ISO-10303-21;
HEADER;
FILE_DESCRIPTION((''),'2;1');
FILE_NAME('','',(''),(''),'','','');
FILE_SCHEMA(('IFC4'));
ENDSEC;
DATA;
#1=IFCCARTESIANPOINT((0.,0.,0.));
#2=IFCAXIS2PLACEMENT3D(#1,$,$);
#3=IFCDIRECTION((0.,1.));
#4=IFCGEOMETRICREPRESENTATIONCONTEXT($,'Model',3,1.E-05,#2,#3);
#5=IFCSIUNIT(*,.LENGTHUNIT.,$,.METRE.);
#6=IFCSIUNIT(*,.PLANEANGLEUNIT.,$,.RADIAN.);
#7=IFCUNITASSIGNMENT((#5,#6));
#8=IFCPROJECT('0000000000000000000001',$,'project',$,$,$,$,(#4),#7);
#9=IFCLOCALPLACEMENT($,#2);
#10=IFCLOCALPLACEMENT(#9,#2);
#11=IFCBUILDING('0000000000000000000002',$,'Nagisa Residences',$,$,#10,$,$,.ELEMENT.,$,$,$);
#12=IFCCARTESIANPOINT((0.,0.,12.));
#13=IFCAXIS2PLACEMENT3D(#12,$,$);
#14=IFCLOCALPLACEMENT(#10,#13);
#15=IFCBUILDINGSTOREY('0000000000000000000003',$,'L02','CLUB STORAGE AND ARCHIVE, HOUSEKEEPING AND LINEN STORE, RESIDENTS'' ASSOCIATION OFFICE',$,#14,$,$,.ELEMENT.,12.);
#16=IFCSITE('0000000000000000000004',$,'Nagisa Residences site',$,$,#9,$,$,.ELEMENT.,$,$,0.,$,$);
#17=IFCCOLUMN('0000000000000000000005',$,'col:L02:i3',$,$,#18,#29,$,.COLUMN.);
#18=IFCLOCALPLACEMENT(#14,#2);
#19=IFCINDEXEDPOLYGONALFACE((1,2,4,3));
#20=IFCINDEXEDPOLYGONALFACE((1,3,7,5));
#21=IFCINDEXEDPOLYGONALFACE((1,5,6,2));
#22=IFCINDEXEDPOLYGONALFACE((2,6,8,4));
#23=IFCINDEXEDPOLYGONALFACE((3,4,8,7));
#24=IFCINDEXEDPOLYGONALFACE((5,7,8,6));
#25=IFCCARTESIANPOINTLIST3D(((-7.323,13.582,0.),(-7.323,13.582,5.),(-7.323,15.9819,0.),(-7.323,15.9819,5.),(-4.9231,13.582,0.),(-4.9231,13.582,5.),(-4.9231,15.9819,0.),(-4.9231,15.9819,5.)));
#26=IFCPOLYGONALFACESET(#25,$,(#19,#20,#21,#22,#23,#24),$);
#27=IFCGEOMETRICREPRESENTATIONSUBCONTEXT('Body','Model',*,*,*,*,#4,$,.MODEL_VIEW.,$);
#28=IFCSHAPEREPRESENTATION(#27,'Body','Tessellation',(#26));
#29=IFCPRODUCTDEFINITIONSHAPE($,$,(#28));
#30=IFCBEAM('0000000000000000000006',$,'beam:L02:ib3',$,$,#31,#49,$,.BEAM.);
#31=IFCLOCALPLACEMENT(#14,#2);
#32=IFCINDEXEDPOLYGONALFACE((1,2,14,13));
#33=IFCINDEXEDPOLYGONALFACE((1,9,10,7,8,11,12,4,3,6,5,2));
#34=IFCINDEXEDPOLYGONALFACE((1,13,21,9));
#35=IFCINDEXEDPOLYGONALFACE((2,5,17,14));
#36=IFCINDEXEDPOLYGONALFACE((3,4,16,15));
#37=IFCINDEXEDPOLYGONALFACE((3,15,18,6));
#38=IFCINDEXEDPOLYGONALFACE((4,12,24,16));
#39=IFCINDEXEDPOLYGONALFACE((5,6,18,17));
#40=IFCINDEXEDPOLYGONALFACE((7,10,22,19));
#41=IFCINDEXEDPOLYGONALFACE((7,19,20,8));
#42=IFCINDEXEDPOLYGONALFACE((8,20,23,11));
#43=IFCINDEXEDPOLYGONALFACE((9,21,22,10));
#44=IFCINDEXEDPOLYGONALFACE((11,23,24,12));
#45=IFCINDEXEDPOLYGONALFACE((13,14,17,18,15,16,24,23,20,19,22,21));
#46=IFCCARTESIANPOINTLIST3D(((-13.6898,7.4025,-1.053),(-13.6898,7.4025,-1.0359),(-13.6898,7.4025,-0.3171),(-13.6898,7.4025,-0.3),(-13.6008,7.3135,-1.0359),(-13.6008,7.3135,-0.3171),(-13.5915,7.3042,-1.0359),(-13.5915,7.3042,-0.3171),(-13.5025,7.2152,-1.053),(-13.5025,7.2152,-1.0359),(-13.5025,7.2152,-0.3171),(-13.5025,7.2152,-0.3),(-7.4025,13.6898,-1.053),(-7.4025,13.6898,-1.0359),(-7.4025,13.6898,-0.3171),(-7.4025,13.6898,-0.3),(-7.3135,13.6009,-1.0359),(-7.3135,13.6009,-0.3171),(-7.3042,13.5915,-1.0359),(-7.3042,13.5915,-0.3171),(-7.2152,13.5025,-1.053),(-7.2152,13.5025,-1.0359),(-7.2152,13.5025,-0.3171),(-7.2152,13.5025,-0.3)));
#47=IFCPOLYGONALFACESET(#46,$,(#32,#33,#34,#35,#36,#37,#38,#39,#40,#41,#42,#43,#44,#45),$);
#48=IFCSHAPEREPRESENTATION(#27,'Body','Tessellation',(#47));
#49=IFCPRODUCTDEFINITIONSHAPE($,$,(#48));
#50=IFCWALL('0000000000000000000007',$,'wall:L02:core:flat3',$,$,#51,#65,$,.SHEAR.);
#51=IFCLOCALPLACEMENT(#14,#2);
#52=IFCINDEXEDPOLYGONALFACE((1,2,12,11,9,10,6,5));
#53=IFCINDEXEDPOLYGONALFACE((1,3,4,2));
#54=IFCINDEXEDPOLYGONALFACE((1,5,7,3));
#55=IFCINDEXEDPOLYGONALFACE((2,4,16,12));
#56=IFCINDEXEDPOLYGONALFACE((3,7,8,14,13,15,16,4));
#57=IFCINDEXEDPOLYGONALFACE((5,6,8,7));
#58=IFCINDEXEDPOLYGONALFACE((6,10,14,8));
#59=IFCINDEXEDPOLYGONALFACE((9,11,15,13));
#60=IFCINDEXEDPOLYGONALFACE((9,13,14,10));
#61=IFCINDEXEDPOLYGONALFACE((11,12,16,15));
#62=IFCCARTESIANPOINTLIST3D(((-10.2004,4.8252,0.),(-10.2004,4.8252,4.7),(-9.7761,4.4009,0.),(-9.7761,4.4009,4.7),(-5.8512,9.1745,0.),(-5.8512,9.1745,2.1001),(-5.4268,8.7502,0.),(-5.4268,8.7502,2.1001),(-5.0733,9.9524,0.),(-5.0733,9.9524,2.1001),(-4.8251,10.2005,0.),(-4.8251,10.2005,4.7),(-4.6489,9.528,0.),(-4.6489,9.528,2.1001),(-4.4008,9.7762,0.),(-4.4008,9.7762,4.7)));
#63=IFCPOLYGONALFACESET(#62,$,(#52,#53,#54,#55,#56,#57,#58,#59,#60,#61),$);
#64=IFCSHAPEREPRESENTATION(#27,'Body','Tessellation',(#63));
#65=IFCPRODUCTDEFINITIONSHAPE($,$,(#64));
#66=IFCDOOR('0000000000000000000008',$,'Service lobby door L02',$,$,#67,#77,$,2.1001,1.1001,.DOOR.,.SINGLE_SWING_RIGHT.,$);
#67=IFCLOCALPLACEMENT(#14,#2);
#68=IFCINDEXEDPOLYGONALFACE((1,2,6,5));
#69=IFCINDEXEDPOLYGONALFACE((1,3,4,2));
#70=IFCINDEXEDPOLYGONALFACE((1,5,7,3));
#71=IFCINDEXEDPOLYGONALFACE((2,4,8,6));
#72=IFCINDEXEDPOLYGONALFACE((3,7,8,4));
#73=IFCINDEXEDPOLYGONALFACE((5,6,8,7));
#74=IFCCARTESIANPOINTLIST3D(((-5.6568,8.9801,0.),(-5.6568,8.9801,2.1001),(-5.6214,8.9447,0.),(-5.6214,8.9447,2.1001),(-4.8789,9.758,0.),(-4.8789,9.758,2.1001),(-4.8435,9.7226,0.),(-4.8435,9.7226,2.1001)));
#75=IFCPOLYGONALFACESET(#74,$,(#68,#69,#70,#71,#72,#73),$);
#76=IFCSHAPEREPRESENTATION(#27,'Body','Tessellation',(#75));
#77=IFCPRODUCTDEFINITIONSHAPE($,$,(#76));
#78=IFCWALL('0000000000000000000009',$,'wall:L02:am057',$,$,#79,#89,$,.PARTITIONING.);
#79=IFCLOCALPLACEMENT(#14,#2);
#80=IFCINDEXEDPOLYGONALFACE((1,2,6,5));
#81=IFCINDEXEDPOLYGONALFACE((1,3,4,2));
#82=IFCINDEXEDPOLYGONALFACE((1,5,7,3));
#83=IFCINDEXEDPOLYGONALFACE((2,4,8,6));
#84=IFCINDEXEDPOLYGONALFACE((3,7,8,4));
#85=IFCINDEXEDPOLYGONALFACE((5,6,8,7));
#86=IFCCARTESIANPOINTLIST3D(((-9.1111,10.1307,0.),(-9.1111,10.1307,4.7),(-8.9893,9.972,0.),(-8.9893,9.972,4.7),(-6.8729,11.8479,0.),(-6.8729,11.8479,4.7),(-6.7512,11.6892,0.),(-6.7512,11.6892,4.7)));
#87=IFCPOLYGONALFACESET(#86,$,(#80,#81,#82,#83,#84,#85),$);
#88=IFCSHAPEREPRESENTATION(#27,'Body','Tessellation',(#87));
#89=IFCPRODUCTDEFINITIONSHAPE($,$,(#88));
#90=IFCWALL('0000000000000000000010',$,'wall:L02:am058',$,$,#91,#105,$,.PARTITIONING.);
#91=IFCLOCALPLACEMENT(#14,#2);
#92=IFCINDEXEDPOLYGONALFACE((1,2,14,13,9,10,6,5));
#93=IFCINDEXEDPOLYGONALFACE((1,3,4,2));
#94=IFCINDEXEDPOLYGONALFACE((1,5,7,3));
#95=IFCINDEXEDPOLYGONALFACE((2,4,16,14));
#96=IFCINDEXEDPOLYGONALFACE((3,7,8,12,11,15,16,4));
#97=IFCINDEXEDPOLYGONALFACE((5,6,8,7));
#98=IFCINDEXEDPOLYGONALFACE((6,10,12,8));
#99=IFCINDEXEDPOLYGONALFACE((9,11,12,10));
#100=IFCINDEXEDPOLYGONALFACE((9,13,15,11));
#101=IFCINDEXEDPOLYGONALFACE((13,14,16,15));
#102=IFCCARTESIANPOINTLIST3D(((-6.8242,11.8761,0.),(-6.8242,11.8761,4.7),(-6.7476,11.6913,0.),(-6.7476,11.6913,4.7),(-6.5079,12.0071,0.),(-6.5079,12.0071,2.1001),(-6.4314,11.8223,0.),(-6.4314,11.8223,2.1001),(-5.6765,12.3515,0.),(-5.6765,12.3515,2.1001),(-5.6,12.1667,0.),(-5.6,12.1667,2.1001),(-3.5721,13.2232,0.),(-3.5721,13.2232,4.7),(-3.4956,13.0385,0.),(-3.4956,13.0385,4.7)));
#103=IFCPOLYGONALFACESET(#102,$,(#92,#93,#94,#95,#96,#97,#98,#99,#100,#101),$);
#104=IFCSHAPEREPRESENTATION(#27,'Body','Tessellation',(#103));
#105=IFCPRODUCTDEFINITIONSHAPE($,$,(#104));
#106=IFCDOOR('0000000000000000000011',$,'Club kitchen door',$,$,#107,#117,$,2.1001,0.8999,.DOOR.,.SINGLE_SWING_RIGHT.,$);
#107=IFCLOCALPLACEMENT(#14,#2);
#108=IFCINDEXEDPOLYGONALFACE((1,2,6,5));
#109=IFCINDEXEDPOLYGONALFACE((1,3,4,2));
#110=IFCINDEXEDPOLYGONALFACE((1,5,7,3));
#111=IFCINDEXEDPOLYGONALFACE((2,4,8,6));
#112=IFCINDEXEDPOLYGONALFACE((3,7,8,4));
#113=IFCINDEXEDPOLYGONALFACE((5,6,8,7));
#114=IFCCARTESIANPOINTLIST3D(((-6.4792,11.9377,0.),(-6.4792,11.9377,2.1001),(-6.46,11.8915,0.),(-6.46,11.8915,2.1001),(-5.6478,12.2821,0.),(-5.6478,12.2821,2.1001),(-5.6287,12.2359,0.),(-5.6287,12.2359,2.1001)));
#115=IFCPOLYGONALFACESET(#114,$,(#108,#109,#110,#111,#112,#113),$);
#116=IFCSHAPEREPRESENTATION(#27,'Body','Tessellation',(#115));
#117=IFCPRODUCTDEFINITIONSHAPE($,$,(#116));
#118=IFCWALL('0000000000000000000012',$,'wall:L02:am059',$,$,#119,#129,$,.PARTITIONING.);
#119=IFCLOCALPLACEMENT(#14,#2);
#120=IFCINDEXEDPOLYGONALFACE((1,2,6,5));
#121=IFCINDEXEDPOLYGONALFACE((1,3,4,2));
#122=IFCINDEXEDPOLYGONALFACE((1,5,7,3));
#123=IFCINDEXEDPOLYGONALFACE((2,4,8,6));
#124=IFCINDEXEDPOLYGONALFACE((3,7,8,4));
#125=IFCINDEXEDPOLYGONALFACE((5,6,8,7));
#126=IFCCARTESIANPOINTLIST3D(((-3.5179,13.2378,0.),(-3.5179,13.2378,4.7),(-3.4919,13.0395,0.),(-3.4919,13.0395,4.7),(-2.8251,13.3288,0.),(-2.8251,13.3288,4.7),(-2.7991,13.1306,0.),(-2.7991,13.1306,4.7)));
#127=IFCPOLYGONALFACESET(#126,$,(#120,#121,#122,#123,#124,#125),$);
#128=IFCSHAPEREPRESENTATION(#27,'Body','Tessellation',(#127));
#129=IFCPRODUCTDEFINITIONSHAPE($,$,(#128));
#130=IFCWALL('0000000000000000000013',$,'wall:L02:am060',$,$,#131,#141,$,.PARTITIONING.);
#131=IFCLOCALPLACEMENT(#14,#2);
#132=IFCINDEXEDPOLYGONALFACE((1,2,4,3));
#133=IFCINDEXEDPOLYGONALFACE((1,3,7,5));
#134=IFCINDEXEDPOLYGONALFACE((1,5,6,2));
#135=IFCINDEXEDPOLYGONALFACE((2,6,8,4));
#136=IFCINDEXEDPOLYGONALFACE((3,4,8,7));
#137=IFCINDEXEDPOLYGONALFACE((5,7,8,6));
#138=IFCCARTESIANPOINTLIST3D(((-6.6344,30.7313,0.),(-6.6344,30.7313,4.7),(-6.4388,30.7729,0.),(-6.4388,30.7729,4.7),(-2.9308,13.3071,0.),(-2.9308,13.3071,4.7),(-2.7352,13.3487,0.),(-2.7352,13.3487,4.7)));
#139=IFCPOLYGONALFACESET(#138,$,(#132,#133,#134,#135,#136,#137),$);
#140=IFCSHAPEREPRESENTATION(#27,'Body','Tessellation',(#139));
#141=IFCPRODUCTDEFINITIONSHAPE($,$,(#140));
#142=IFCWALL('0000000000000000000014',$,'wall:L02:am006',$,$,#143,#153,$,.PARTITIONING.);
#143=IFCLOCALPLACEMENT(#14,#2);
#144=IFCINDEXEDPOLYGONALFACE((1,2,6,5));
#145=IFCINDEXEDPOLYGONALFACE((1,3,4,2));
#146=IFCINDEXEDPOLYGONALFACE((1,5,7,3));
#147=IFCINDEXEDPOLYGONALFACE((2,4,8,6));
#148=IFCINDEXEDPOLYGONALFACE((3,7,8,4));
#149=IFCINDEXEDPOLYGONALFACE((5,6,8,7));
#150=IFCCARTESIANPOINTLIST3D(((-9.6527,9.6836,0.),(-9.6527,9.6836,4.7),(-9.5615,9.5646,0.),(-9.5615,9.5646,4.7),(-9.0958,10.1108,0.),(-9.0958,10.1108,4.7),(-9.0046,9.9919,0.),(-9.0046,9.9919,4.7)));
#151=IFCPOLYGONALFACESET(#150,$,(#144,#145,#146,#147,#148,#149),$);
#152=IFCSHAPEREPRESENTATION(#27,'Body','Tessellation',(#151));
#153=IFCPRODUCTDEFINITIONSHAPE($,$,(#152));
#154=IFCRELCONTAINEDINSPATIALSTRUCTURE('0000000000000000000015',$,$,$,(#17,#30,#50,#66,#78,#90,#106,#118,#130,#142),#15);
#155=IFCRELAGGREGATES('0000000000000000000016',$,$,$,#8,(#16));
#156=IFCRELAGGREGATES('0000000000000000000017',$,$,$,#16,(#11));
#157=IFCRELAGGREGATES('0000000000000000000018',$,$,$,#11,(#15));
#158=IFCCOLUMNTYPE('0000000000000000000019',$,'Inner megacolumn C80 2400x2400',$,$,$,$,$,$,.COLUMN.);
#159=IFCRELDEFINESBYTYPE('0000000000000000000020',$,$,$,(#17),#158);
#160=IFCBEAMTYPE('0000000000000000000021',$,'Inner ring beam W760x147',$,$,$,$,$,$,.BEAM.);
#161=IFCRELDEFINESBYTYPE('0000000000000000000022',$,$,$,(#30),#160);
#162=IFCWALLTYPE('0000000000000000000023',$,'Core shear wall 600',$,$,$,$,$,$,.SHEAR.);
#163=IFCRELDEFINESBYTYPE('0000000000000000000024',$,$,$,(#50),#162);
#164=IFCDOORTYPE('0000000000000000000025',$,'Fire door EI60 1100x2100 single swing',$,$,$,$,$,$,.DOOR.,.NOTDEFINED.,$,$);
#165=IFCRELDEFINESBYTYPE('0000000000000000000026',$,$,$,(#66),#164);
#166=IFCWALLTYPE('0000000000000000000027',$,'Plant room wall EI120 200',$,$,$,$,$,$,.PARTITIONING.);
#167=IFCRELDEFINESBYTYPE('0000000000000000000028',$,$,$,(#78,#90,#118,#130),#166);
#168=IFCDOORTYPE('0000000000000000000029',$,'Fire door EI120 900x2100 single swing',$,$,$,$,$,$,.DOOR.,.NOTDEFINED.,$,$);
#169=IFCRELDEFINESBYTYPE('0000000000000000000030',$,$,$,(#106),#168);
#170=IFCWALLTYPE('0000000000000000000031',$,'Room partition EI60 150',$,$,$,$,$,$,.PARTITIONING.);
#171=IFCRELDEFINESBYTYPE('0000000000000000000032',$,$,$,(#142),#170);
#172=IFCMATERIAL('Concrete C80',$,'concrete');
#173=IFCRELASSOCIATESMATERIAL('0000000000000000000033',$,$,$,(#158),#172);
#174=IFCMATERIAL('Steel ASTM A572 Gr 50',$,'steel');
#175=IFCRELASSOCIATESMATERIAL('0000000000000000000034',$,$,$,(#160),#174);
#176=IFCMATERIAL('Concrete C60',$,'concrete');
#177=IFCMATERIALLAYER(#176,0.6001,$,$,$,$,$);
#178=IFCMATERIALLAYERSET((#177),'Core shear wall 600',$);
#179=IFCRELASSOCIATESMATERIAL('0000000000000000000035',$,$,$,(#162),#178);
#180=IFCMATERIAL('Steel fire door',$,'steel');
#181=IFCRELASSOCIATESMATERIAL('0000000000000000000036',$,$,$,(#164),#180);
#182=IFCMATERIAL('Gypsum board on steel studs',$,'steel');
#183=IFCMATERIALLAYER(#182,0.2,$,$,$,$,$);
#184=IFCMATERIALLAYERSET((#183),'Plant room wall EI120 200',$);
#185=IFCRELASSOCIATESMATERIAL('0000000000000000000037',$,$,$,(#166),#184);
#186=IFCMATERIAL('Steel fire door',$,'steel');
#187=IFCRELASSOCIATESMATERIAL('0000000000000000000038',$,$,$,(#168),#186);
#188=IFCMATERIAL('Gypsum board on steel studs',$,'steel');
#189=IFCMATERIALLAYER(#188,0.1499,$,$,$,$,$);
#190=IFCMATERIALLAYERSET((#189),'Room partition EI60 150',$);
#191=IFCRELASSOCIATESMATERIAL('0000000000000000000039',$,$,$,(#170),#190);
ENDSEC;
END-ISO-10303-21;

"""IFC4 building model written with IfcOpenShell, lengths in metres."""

from ifc_helpers import new_model, si_unit, direction, frame, frame_2d, origin, origin_2d, place, context, subcontext, project, spatial, rectangle, i_section, extrude, material, layer, layer_set, material_profile, profile_set, type_object, element, fill, save


model = new_model("IFC4")

# Units and contexts
model_context = context("Model", 3, precision=1e-05, world=origin(), true_north=direction((0.0, 1.0)))
body_context = subcontext(model_context, "Body", "Model", "MODEL_VIEW")
ifc_project = project(units=[si_unit("LENGTHUNIT", "METRE"), si_unit("PLANEANGLEUNIT", "RADIAN")], contexts=[model_context])

# Site, building, storey
site_placement = place(None, origin())
site = spatial("IfcSite", under=ifc_project, at=site_placement, Name="Nagisa Residences site", CompositionType="ELEMENT", RefElevation=0.0)
building_placement = place(site_placement, origin())
building = spatial("IfcBuilding", under=site, at=building_placement, Name="Nagisa Residences", CompositionType="ELEMENT")
storey_placement = place(building_placement, frame((0.0, 0.0, 12.0)))
storey = spatial("IfcBuildingStorey", under=building, at=storey_placement, Name="L02", Description="CLUB STORAGE AND ARCHIVE, HOUSEKEEPING AND LINEN STORE, RESIDENTS' ASSOCIATION OFFICE", CompositionType="ELEMENT", Elevation=12.0)

# Column
ifc_material_1 = material(Name="Concrete C80", Category="concrete")
ifc_material_profile_1 = material_profile(ifc_material_1, rectangle(XDim=2.3999, YDim=2.3999, at=origin_2d()), Name="C80 2400x2400")
ifc_profile_set_1 = profile_set([ifc_material_profile_1], Name="Concrete C80")
column_type = type_object("IfcColumnType", Name="Inner megacolumn C80 2400x2400", PredefinedType="COLUMN", material=ifc_profile_set_1)
column_placement = place(storey_placement, frame((-6.123, 14.782, 0.0), z_axis=(0.0, 0.0, 1.0), x_axis=(1.0, 0.0, 0.0)))
element("IfcColumn", 1, at=column_placement, inside=storey, type_object=column_type, Name="col:L02:i3", PredefinedType="COLUMN", context=body_context, shape_type="SweptSolid", body=[
    extrude(rectangle(XDim=2.3999, YDim=2.3999, at=origin_2d()), origin(), (0.0, 0.0, 1.0), 5.0),
])

# Beam
ifc_material_2 = material(Name="Steel ASTM A572 Gr 50", Category="steel")
ifc_material_profile_2 = material_profile(ifc_material_2, i_section(OverallWidth=0.2649, OverallDepth=0.7529, WebThickness=0.0132, FlangeThickness=0.0171, at=origin_2d()), Name="W760x147")
ifc_profile_set_2 = profile_set([ifc_material_profile_2], Name="Steel ASTM A572 Gr 50")
beam_type = type_object("IfcBeamType", Name="Inner ring beam W760x147", PredefinedType="BEAM", material=ifc_profile_set_2)
beam_placement = place(storey_placement, frame((-7.3088, 13.5962, -0.6765), z_axis=(-0.707107, -0.707107, 0.0), x_axis=(0.707107, -0.707107, 0.0)))
element("IfcBeam", 2, at=beam_placement, inside=storey, type_object=beam_type, Name="beam:L02:ib3", PredefinedType="BEAM", context=body_context, shape_type="SweptSolid", body=[
    extrude(i_section(OverallWidth=0.2649, OverallDepth=0.7529, WebThickness=0.0132, FlangeThickness=0.0171, at=origin_2d()), origin(), (0.0, 0.0, 1.0), 8.8916),
])

# Wall, opening, door
ifc_material_3 = material(Name="Concrete C60", Category="concrete")
ifc_layer_1 = layer(ifc_material_3, 0.6001)
ifc_layer_set_1 = layer_set([ifc_layer_1], Name="Core shear wall 600")
wall_type_1 = type_object("IfcWallType", Name="Core shear wall 600", PredefinedType="SHEAR", material=ifc_layer_set_1)
wall_1_placement = place(storey_placement, frame((-4.613, 9.9883, 0.0), z_axis=(0.0, 0.0, 1.0), x_axis=(-0.707107, -0.707107, 0.0)))
wall_1 = element("IfcWall", 3, at=wall_1_placement, inside=storey, type_object=wall_type_1, Name="wall:L02:core:flat3", PredefinedType="SHEAR", context=body_context, shape_type="SweptSolid", body=[
    extrude(rectangle(XDim=7.6018, YDim=0.6001, at=frame_2d((3.8008, 0.0))), origin(), (0.0, 0.0, 1.0), 4.7),
])
opening_1_placement = place(wall_1_placement, frame((0.3508, 0.0, 0.0)))
opening_1 = element("IfcOpeningElement", 4, at=opening_1_placement, cuts=wall_1, PredefinedType="OPENING", context=body_context, shape_type="SweptSolid", body=[
    extrude(rectangle(XDim=1.1001, YDim=2.1001, at=frame_2d((0.55, 1.05))), frame((0.0, 0.3101, 0.0), z_axis=(0.0, -1.0, 0.0), x_axis=(1.0, 0.0, 0.0)), (0.0, 0.0, 1.0), 0.6201),
])
ifc_material_4 = material(Name="Steel fire door", Category="steel")
door_type_1 = type_object("IfcDoorType", Name="Fire door EI60 1100x2100 single swing", OperationType="NOTDEFINED", PredefinedType="DOOR", material=ifc_material_4)
door_1_placement = place(opening_1_placement, origin())
door_1 = element("IfcDoor", 5, at=door_1_placement, inside=storey, type_object=door_type_1, Name="Service lobby door L02", OperationType="SINGLE_SWING_RIGHT", OverallHeight=2.1001, OverallWidth=1.1001, PredefinedType="DOOR", context=body_context, shape_type="SweptSolid", body=[
    extrude(rectangle(XDim=1.1001, YDim=2.1001, at=frame_2d((0.55, 1.05))), frame((0.0, 0.0249, 0.0), z_axis=(0.0, -1.0, 0.0), x_axis=(1.0, 0.0, 0.0)), (0.0, 0.0, 1.0), 0.05),
])
fill(opening_1, door_1)

# Wall
ifc_material_5 = material(Name="Gypsum board on steel studs", Category="steel")
ifc_layer_2 = layer(ifc_material_5, 0.2)
ifc_layer_set_2 = layer_set([ifc_layer_2], Name="Plant room wall EI120 200")
wall_type_2 = type_object("IfcWallType", Name="Plant room wall EI120 200", PredefinedType="PARTITIONING", material=ifc_layer_set_2)
wall_2_placement = place(storey_placement, frame((-9.0503, 10.0513, 0.0), z_axis=(0.0, 0.0, 1.0), x_axis=(0.793389, 0.608715, 0.0)))
element("IfcWall", 6, at=wall_2_placement, inside=storey, type_object=wall_type_2, Name="wall:L02:am057", PredefinedType="PARTITIONING", context=body_context, shape_type="SweptSolid", body=[
    extrude(rectangle(XDim=2.821, YDim=0.2, at=frame_2d((1.4106, 0.0))), origin(), (0.0, 0.0, 1.0), 4.7),
])

# Wall, opening, door
wall_3_placement = place(storey_placement, frame((-6.7859, 11.7837, 0.0), z_axis=(0.0, 0.0, 1.0), x_axis=(0.923863, 0.382723, 0.0)))
wall_3 = element("IfcWall", 7, at=wall_3_placement, inside=storey, type_object=wall_type_2, Name="wall:L02:am058", PredefinedType="PARTITIONING", context=body_context, shape_type="SweptSolid", body=[
    extrude(rectangle(XDim=3.52, YDim=0.2, at=frame_2d((1.76, 0.0))), origin(), (0.0, 0.0, 1.0), 4.7),
])
opening_2_placement = place(wall_3_placement, frame((0.3423, 0.0, 0.0)))
opening_2 = element("IfcOpeningElement", 8, at=opening_2_placement, cuts=wall_3, PredefinedType="OPENING", context=body_context, shape_type="SweptSolid", body=[
    extrude(rectangle(XDim=0.8999, YDim=2.1001, at=frame_2d((0.45, 1.05))), frame((0.0, 0.1099, 0.0), z_axis=(0.0, -1.0, 0.0), x_axis=(1.0, 0.0, 0.0)), (0.0, 0.0, 1.0), 0.22),
])
ifc_material_6 = material(Name="Steel fire door", Category="steel")
door_type_2 = type_object("IfcDoorType", Name="Fire door EI120 900x2100 single swing", OperationType="NOTDEFINED", PredefinedType="DOOR", material=ifc_material_6)
door_2_placement = place(opening_2_placement, origin())
door_2 = element("IfcDoor", 9, at=door_2_placement, inside=storey, type_object=door_type_2, Name="Club kitchen door", OperationType="SINGLE_SWING_RIGHT", OverallHeight=2.1001, OverallWidth=0.8999, PredefinedType="DOOR", context=body_context, shape_type="SweptSolid", body=[
    extrude(rectangle(XDim=0.8999, YDim=2.1001, at=frame_2d((0.45, 1.05))), frame((0.0, 0.0249, 0.0), z_axis=(0.0, -1.0, 0.0), x_axis=(1.0, 0.0, 0.0)), (0.0, 0.0, 1.0), 0.05),
])
fill(opening_2, door_2)

# Walls
wall_4_placement = place(storey_placement, frame((-3.5049, 13.1387, 0.0), z_axis=(0.0, 0.0, 1.0), x_axis=(0.991473, 0.13031, 0.0)))
element("IfcWall", 10, at=wall_4_placement, inside=storey, type_object=wall_type_2, Name="wall:L02:am059", PredefinedType="PARTITIONING", context=body_context, shape_type="SweptSolid", body=[
    extrude(rectangle(XDim=0.6987, YDim=0.2, at=frame_2d((0.3494, 0.0))), origin(), (0.0, 0.0, 1.0), 4.7),
])
wall_5_placement = place(storey_placement, frame((-2.833, 13.3279, 0.0), z_axis=(0.0, 0.0, 1.0), x_axis=(-0.20791, 0.978148, 0.0)))
element("IfcWall", 11, at=wall_5_placement, inside=storey, type_object=wall_type_2, Name="wall:L02:am060", PredefinedType="PARTITIONING", context=body_context, shape_type="SweptSolid", body=[
    extrude(rectangle(XDim=17.8135, YDim=0.2, at=frame_2d((8.9067, 0.0))), origin(), (0.0, 0.0, 1.0), 4.7),
])
ifc_material_7 = material(Name="Gypsum board on steel studs", Category="steel")
ifc_layer_3 = layer(ifc_material_7, 0.1499)
ifc_layer_set_3 = layer_set([ifc_layer_3], Name="Room partition EI60 150")
wall_type_3 = type_object("IfcWallType", Name="Room partition EI60 150", PredefinedType="PARTITIONING", material=ifc_layer_set_3)
wall_6_placement = place(storey_placement, frame((-9.6072, 9.624, 0.0), z_axis=(0.0, 0.0, 1.0), x_axis=(0.793399, 0.608702, 0.0)))
element("IfcWall", 12, at=wall_6_placement, inside=storey, type_object=wall_type_3, Name="wall:L02:am006", PredefinedType="PARTITIONING", context=body_context, shape_type="SweptSolid", body=[
    extrude(rectangle(XDim=0.7019, YDim=0.1499, at=frame_2d((0.3511, 0.0))), origin(), (0.0, 0.0, 1.0), 4.7),
])

save(model, "model.ifc")
